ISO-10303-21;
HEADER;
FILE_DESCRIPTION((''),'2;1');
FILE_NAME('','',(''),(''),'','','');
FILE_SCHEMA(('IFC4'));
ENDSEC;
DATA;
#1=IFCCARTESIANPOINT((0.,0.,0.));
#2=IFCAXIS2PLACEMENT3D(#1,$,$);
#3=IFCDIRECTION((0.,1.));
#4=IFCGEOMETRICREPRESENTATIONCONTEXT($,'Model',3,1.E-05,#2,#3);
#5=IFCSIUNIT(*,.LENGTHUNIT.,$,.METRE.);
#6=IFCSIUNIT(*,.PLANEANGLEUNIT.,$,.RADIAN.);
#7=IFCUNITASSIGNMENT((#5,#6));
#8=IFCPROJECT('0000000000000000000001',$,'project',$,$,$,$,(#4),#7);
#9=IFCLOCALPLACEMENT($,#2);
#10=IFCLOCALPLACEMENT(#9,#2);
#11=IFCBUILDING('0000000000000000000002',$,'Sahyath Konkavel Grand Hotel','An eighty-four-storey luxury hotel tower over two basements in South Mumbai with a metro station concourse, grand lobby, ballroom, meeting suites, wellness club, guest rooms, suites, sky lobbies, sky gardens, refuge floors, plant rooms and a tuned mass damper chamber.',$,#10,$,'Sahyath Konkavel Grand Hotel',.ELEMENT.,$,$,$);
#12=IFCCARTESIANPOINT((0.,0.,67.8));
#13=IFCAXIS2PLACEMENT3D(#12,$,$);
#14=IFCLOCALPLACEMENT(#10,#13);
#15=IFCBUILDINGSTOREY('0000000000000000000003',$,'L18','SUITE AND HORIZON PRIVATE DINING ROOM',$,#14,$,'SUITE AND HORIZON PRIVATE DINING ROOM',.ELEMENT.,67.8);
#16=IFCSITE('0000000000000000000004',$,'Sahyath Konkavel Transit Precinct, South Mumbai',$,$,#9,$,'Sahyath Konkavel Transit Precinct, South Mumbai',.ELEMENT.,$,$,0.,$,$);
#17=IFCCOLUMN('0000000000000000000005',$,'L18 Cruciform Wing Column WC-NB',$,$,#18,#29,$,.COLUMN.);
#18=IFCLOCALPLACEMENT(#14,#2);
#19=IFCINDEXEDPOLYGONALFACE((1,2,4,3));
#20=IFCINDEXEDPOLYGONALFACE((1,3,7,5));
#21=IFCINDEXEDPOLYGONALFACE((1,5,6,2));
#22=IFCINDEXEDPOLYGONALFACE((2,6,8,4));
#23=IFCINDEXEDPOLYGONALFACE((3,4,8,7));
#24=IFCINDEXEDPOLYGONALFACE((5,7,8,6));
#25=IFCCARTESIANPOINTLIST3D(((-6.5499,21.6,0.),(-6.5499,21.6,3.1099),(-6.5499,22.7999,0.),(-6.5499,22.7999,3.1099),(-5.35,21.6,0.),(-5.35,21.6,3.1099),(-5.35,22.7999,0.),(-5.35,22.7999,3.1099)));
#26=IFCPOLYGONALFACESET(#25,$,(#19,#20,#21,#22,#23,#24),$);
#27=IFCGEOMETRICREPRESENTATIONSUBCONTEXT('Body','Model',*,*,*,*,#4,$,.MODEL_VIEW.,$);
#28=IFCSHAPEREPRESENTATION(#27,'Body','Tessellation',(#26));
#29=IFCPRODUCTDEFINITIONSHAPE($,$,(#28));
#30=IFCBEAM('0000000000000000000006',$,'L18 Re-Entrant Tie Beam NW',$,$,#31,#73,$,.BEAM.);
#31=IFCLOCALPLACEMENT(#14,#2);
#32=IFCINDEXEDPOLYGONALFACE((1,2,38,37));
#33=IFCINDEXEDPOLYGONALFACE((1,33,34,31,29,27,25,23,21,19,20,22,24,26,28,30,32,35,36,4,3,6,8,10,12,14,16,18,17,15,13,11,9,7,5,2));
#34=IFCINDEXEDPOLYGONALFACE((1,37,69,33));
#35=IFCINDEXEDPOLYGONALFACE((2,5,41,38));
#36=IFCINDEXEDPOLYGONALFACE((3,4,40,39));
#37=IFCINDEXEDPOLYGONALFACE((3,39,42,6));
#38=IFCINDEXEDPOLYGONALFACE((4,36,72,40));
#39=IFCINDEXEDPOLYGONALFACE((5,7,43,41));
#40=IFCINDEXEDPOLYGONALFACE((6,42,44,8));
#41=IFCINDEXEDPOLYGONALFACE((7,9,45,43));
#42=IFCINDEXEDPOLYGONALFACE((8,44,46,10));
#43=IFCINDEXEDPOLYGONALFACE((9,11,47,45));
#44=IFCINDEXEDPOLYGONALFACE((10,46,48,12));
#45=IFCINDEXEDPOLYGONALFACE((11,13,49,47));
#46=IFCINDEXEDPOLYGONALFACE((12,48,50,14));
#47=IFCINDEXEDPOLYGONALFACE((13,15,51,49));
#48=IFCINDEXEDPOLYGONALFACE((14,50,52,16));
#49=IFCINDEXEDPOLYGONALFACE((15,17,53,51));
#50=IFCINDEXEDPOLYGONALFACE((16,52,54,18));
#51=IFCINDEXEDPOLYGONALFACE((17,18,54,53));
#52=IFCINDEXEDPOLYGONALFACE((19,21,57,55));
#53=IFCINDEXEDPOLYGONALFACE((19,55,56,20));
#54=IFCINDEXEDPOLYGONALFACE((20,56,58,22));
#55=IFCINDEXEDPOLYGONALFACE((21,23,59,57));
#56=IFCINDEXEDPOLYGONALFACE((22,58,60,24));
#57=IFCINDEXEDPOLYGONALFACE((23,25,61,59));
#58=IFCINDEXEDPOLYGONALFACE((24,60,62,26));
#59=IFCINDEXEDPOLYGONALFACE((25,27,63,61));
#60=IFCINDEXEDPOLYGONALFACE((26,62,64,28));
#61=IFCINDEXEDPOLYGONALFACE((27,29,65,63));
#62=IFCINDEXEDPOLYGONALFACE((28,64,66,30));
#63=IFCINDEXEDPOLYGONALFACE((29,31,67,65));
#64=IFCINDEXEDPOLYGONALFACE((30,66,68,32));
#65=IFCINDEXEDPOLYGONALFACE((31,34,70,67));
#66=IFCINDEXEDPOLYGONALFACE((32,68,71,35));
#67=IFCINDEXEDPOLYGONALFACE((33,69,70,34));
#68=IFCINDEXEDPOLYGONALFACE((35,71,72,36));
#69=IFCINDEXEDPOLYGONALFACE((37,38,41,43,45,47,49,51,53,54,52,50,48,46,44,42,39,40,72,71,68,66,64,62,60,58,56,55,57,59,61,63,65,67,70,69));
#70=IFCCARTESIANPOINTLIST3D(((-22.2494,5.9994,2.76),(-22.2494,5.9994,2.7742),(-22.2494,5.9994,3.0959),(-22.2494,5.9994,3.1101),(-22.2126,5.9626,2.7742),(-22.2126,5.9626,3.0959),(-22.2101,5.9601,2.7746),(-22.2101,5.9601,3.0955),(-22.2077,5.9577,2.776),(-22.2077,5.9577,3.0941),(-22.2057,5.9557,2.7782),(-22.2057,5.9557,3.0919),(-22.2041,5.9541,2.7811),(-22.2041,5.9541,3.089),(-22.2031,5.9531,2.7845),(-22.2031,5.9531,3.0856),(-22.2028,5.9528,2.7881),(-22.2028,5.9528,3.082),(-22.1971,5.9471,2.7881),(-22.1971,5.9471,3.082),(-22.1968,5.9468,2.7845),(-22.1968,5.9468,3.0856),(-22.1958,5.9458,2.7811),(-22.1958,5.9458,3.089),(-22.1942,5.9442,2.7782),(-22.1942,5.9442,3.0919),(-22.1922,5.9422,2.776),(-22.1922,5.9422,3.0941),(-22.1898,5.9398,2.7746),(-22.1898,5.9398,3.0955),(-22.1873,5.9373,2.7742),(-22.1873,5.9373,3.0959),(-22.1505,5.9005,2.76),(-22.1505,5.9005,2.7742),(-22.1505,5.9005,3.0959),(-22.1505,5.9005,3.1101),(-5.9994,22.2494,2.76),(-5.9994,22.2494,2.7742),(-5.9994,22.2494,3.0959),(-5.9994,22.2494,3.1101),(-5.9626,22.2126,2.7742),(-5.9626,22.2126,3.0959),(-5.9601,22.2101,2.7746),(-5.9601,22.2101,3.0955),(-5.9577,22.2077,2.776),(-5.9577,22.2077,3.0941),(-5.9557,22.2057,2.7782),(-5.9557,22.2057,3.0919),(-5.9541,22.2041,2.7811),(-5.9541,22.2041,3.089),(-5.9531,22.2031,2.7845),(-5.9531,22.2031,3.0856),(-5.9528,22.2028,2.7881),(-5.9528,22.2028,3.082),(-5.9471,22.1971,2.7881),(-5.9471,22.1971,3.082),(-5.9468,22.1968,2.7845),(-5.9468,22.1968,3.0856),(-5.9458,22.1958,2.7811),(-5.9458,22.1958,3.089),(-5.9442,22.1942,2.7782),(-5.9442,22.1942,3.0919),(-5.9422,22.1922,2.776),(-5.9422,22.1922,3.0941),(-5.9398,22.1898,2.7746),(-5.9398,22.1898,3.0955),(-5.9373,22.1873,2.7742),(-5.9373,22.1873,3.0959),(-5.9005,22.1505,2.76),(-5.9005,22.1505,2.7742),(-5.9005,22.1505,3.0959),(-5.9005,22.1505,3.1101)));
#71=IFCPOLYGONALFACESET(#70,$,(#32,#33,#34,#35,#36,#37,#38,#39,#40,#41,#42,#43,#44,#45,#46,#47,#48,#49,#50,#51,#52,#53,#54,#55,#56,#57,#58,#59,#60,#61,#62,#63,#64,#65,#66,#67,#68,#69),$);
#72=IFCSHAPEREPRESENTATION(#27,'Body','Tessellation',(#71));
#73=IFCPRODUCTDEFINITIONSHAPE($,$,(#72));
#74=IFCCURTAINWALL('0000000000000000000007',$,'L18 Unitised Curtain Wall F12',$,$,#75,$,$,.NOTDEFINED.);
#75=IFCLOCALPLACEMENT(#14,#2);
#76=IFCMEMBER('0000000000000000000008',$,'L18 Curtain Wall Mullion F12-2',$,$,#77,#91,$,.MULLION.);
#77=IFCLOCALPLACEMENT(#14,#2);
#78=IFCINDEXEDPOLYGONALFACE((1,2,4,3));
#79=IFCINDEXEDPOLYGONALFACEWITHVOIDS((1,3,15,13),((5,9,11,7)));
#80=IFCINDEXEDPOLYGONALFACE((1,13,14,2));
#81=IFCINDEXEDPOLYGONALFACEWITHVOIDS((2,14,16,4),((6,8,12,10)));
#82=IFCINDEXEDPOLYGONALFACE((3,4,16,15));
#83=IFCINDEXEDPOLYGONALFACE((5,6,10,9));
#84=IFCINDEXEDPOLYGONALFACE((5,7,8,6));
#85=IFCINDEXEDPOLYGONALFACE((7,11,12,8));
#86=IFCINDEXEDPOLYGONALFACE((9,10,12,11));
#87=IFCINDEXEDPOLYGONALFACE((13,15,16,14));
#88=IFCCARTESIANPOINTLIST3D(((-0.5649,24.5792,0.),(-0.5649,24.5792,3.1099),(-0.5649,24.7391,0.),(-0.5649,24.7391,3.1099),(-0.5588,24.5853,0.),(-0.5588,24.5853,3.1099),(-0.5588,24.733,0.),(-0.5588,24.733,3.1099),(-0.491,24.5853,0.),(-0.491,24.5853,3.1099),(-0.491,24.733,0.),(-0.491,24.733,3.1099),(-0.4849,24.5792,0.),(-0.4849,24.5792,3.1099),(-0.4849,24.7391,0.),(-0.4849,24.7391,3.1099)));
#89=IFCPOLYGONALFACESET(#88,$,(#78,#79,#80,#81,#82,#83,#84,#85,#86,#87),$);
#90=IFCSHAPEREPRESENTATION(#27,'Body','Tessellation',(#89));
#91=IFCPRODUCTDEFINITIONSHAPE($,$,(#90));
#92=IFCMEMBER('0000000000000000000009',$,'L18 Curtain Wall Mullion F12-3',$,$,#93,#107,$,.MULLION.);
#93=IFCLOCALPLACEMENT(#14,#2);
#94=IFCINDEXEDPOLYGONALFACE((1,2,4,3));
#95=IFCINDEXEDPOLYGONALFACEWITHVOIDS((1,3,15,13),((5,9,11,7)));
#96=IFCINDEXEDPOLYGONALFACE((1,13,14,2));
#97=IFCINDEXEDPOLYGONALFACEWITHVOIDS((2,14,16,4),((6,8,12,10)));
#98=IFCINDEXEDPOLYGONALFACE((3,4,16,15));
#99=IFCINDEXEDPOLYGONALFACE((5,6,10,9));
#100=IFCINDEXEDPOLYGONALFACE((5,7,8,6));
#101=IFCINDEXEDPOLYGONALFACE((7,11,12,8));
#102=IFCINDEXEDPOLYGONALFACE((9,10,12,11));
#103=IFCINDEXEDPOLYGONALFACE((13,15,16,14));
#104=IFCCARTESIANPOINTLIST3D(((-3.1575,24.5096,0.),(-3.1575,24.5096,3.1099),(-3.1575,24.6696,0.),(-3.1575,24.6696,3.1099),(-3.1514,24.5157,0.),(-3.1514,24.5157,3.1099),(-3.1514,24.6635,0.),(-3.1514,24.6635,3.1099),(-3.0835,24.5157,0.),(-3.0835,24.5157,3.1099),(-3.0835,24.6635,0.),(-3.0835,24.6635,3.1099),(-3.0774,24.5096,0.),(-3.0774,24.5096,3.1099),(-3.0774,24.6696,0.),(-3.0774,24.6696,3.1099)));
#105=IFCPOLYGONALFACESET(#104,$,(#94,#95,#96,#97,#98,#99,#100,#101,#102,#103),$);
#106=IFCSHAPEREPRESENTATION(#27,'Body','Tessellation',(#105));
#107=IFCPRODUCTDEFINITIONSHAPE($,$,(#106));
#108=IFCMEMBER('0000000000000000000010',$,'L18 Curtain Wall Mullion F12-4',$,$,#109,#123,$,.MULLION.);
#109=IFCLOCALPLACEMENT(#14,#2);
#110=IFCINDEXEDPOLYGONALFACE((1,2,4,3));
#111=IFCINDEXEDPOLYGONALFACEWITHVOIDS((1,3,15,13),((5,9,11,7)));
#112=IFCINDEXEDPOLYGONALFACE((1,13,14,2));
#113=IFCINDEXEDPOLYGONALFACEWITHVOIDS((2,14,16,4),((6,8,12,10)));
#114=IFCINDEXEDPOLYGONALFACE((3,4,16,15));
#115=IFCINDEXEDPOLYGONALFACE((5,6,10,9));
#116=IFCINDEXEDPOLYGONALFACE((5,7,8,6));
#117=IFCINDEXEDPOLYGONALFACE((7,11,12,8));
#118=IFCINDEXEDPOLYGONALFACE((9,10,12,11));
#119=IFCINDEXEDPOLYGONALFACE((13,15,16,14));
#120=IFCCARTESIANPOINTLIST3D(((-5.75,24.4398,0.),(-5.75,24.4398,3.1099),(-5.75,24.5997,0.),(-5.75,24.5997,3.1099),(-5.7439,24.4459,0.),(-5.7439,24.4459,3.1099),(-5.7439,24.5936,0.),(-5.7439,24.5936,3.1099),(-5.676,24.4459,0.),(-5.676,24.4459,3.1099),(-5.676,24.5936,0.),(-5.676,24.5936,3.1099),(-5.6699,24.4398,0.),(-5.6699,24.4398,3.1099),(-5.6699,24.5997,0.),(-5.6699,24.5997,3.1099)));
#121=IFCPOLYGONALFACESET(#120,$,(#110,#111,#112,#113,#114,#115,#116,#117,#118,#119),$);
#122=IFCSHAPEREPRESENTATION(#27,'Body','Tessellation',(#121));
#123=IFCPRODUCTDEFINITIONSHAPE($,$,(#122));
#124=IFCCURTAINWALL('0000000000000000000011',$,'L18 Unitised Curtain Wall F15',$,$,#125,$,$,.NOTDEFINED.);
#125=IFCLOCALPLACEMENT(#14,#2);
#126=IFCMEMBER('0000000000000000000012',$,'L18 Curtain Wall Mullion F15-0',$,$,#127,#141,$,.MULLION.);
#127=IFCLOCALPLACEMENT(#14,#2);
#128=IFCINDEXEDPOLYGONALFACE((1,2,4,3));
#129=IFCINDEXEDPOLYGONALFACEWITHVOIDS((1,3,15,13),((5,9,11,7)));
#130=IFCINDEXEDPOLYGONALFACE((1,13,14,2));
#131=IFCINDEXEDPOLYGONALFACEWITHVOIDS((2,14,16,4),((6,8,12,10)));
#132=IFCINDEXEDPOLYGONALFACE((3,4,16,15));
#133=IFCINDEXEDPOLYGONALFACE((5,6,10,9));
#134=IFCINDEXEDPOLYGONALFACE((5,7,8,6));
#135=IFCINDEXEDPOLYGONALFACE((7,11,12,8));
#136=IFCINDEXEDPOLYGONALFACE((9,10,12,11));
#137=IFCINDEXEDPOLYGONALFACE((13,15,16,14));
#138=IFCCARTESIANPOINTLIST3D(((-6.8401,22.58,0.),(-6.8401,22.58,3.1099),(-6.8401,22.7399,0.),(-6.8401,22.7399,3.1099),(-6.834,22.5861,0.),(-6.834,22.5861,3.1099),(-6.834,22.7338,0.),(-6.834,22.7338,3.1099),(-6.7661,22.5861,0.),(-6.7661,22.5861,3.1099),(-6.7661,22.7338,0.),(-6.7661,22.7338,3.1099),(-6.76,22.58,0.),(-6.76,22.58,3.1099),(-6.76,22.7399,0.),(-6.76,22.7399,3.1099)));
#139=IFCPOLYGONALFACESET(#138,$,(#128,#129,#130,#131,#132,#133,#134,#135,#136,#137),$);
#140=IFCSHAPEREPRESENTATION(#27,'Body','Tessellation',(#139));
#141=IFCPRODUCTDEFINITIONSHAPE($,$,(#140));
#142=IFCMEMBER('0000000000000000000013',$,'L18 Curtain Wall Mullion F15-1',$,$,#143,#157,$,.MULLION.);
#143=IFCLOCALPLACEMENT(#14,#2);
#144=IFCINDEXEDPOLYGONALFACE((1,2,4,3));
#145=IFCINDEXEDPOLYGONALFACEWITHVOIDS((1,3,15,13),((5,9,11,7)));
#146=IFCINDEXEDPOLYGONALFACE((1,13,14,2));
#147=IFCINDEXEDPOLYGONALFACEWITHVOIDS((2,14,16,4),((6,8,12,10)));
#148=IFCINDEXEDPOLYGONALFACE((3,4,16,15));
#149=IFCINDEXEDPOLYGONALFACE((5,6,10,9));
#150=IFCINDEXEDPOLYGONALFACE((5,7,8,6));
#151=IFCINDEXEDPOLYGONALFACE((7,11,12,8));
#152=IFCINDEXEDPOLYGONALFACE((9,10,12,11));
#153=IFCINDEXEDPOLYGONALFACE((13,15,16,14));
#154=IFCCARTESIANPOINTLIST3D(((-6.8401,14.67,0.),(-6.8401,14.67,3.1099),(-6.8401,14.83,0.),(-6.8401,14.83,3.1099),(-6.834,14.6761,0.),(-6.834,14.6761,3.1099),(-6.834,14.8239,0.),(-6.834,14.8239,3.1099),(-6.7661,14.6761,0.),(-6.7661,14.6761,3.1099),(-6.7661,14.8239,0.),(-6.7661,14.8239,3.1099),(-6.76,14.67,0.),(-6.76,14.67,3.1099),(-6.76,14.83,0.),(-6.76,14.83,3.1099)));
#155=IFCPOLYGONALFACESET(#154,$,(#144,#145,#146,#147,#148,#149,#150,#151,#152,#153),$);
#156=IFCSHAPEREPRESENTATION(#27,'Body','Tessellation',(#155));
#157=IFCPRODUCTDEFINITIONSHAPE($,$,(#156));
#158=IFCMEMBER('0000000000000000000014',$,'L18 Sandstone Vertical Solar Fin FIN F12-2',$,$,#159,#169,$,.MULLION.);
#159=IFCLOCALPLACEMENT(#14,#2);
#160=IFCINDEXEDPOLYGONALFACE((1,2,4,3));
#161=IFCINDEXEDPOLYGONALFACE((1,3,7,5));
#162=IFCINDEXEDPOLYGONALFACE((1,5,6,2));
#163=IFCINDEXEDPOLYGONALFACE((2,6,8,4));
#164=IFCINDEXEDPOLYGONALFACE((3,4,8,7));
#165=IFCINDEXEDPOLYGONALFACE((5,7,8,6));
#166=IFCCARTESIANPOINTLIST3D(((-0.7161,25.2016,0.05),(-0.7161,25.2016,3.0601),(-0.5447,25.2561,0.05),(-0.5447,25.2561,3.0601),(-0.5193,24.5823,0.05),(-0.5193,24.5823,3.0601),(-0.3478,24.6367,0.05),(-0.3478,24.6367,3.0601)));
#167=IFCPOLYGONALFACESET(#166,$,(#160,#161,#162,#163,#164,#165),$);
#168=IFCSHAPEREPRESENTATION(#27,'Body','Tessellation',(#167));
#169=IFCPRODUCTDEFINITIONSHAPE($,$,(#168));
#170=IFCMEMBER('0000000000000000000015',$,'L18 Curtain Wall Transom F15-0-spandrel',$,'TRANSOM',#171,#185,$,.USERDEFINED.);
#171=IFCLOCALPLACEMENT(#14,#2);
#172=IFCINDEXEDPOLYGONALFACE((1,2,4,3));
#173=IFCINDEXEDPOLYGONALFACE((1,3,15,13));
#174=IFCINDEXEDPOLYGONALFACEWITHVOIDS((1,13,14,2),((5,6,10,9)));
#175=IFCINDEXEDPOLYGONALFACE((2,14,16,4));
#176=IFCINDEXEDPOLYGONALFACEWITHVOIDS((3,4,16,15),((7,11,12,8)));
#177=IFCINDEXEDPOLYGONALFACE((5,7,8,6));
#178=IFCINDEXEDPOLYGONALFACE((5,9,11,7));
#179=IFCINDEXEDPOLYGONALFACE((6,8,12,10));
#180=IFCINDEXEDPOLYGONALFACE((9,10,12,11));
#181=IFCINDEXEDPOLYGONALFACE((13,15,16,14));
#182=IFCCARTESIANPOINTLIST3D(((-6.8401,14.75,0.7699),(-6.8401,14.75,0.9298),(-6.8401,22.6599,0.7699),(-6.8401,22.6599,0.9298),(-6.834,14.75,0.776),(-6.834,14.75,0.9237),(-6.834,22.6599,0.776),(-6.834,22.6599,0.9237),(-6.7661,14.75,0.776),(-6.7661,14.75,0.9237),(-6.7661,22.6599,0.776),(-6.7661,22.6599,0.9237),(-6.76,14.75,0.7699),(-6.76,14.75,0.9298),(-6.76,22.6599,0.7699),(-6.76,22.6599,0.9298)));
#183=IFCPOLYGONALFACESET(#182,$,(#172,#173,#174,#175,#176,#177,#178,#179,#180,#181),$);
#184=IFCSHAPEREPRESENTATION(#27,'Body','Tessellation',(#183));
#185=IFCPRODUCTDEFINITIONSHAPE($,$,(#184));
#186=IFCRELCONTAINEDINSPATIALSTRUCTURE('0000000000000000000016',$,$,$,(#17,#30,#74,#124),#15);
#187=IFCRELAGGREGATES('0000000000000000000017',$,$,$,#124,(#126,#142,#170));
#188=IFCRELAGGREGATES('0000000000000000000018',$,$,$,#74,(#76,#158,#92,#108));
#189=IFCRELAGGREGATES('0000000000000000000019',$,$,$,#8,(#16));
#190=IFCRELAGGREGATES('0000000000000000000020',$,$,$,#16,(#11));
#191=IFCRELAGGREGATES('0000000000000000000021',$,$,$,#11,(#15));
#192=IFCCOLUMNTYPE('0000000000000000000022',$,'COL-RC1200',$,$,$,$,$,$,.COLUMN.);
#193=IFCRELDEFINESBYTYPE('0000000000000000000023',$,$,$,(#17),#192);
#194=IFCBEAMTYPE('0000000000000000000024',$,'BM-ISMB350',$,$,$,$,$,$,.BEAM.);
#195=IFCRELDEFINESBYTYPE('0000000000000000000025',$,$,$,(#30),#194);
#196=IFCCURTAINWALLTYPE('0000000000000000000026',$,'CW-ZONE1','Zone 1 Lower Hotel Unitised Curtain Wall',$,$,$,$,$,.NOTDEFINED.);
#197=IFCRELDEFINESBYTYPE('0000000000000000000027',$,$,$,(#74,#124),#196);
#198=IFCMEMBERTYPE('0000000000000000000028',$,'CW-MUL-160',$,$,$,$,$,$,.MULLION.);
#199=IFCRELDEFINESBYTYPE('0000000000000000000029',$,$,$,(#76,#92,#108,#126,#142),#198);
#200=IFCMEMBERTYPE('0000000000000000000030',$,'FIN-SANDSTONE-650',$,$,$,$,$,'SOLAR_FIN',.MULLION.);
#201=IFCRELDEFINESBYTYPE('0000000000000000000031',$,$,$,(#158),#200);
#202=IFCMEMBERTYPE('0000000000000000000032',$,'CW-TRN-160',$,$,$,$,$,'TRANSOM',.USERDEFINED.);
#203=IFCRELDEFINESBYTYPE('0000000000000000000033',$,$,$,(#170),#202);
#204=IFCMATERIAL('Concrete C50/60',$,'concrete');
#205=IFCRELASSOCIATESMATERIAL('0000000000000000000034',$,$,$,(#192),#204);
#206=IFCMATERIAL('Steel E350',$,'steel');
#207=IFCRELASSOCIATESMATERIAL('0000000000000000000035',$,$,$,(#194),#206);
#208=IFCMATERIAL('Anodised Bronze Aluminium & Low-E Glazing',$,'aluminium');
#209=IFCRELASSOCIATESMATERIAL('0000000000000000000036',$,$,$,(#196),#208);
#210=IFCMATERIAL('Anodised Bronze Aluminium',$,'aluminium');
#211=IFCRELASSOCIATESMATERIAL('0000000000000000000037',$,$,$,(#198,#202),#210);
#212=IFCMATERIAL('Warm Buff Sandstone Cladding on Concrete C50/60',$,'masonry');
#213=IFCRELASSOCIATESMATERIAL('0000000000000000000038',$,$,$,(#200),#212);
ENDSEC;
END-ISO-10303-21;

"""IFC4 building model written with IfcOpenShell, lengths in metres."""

from ifc_helpers import new_model, si_unit, direction, frame, origin, origin_2d, place, context, subcontext, project, spatial, rectangle, hollow_rectangle, i_section, extrude, source, transform, mapped, material, material_profile, profile_set, type_object, element, aggregate, save


model = new_model("IFC4")

# Units and contexts
model_context = context("Model", 3, precision=1e-05, world=origin(), true_north=direction((0.0, 1.0)))
body_context = subcontext(model_context, "Body", "Model", "MODEL_VIEW")
ifc_project = project(units=[si_unit("LENGTHUNIT", "METRE"), si_unit("PLANEANGLEUNIT", "RADIAN")], contexts=[model_context])

# Site, building, storey
site_placement = place(None, origin())
site = spatial("IfcSite", under=ifc_project, at=site_placement, Name="Sahyath Konkavel Transit Precinct, South Mumbai", LongName="Sahyath Konkavel Transit Precinct, South Mumbai", CompositionType="ELEMENT", RefElevation=0.0)
building_placement = place(site_placement, origin())
building = spatial("IfcBuilding", under=site, at=building_placement, Name="Sahyath Konkavel Grand Hotel", Description="An eighty-four-storey luxury hotel tower over two basements in South Mumbai with a metro station concourse, grand lobby, ballroom, meeting suites, wellness club, guest rooms, suites, sky lobbies, sky gardens, refuge floors, plant rooms and a tuned mass damper chamber.", LongName="Sahyath Konkavel Grand Hotel", CompositionType="ELEMENT")
storey_placement = place(building_placement, frame((0.0, 0.0, 67.8)))
storey = spatial("IfcBuildingStorey", under=building, at=storey_placement, Name="L18", Description="SUITE AND HORIZON PRIVATE DINING ROOM", LongName="SUITE AND HORIZON PRIVATE DINING ROOM", CompositionType="ELEMENT", Elevation=67.8)

# Column
ifc_material_1 = material(Name="Concrete C50/60", Category="concrete")
ifc_material_profile_1 = material_profile(ifc_material_1, rectangle(XDim=1.2, YDim=1.2, at=origin_2d()), Name="RC 1200x1200")
ifc_profile_set_1 = profile_set([ifc_material_profile_1], Name="Concrete C50/60")
column_type = type_object("IfcColumnType", Name="COL-RC1200", PredefinedType="COLUMN", material=ifc_profile_set_1)
shared_shape_1 = source(origin(), body_context, "Body", "SweptSolid", [
    extrude(rectangle(XDim=1.2, YDim=1.2, at=origin_2d()), origin(), (0.0, 0.0, 1.0), 3.1099),
])
column_placement = place(storey_placement, frame((-5.95, 22.2, 0.0), z_axis=(0.0, 0.0, 1.0), x_axis=(1.0, 0.0, 0.0)))
element("IfcColumn", 1, at=column_placement, inside=storey, type_object=column_type, Name="L18 Cruciform Wing Column WC-NB", PredefinedType="COLUMN", context=body_context, shape_type="MappedRepresentation", body=[
    mapped(shared_shape_1, transform((0.0, 0.0, 0.0), scale=1.0)),
])

# Beam
ifc_material_2 = material(Name="Steel E350", Category="steel")
ifc_material_profile_2 = material_profile(ifc_material_2, i_section(OverallWidth=0.1399, OverallDepth=0.3501, WebThickness=0.0081, FlangeThickness=0.0142, FilletRadius=0.0139, at=origin_2d()), Name="ISMB 350")
ifc_profile_set_2 = profile_set([ifc_material_profile_2], Name="Steel E350")
beam_type = type_object("IfcBeamType", Name="BM-ISMB350", PredefinedType="BEAM", material=ifc_profile_set_2)
shared_shape_2 = source(origin(), body_context, "Body", "SweptSolid", [
    extrude(i_section(OverallWidth=0.1399, OverallDepth=0.3501, WebThickness=0.0081, FlangeThickness=0.0142, FilletRadius=0.0139, at=origin_2d()), origin(), (0.0, 0.0, 1.0), 22.981),
])
beam_placement = place(storey_placement, frame((-5.95, 22.2, 2.9351), z_axis=(-0.707107, -0.707107, 0.0), x_axis=(0.707107, -0.707107, 0.0)))
element("IfcBeam", 2, at=beam_placement, inside=storey, type_object=beam_type, Name="L18 Re-Entrant Tie Beam NW", PredefinedType="BEAM", context=body_context, shape_type="MappedRepresentation", body=[
    mapped(shared_shape_2, transform((0.0, 0.0, 0.0), scale=1.0)),
])

# Curtain walls, members
ifc_material_3 = material(Name="Anodised Bronze Aluminium & Low-E Glazing", Category="aluminium")
curtain_wall_type = type_object("IfcCurtainWallType", Name="CW-ZONE1", Description="Zone 1 Lower Hotel Unitised Curtain Wall", PredefinedType="NOTDEFINED", material=ifc_material_3)
curtain_wall_1_placement = place(storey_placement, origin())
curtain_wall_1 = element("IfcCurtainWall", 3, at=curtain_wall_1_placement, inside=storey, type_object=curtain_wall_type, Name="L18 Unitised Curtain Wall F12", PredefinedType="NOTDEFINED")
ifc_material_4 = material(Name="Anodised Bronze Aluminium", Category="aluminium")
ifc_material_profile_3 = material_profile(ifc_material_4, hollow_rectangle(XDim=0.0801, YDim=0.1599, WallThickness=0.0061, at=origin_2d()), Name="RHS 160x80x6")
ifc_profile_set_3 = profile_set([ifc_material_profile_3], Name="Anodised Bronze Aluminium")
member_type_1 = type_object("IfcMemberType", Name="CW-MUL-160", PredefinedType="MULLION", material=ifc_profile_set_3)
shared_shape_3 = source(origin(), body_context, "Body", "SweptSolid", [
    extrude(hollow_rectangle(XDim=0.0801, YDim=0.1599, WallThickness=0.0061, at=origin_2d()), origin(), (0.0, 0.0, 1.0), 3.1099),
])
member_1_placement = place(storey_placement, frame((-0.5249, 24.6592, 0.0), z_axis=(0.0, 0.0, 1.0), x_axis=(1.0, 0.0, 0.0)))
member_1 = element("IfcMember", 4, at=member_1_placement, type_object=member_type_1, Name="L18 Curtain Wall Mullion F12-2", PredefinedType="MULLION", context=body_context, shape_type="MappedRepresentation", body=[
    mapped(shared_shape_3, transform((0.0, 0.0, 0.0), scale=1.0)),
])
member_2_placement = place(storey_placement, frame((-3.1174, 24.5896, 0.0), z_axis=(0.0, 0.0, 1.0), x_axis=(1.0, 0.0, 0.0)))
member_2 = element("IfcMember", 5, at=member_2_placement, type_object=member_type_1, Name="L18 Curtain Wall Mullion F12-3", PredefinedType="MULLION", context=body_context, shape_type="MappedRepresentation", body=[
    mapped(shared_shape_3, transform((0.0, 0.0, 0.0), scale=1.0)),
])
member_3_placement = place(storey_placement, frame((-5.71, 24.5198, 0.0), z_axis=(0.0, 0.0, 1.0), x_axis=(1.0, 0.0, 0.0)))
member_3 = element("IfcMember", 6, at=member_3_placement, type_object=member_type_1, Name="L18 Curtain Wall Mullion F12-4", PredefinedType="MULLION", context=body_context, shape_type="MappedRepresentation", body=[
    mapped(shared_shape_3, transform((0.0, 0.0, 0.0), scale=1.0)),
])
curtain_wall_2_placement = place(storey_placement, origin())
curtain_wall_2 = element("IfcCurtainWall", 7, at=curtain_wall_2_placement, inside=storey, type_object=curtain_wall_type, Name="L18 Unitised Curtain Wall F15", PredefinedType="NOTDEFINED")
member_4_placement = place(storey_placement, frame((-6.8, 22.6599, 0.0), z_axis=(0.0, 0.0, 1.0), x_axis=(1.0, 0.0, 0.0)))
member_4 = element("IfcMember", 8, at=member_4_placement, type_object=member_type_1, Name="L18 Curtain Wall Mullion F15-0", PredefinedType="MULLION", context=body_context, shape_type="MappedRepresentation", body=[
    mapped(shared_shape_3, transform((0.0, 0.0, 0.0), scale=1.0)),
])
member_5_placement = place(storey_placement, frame((-6.8, 14.75, 0.0), z_axis=(0.0, 0.0, 1.0), x_axis=(1.0, 0.0, 0.0)))
member_5 = element("IfcMember", 9, at=member_5_placement, type_object=member_type_1, Name="L18 Curtain Wall Mullion F15-1", PredefinedType="MULLION", context=body_context, shape_type="MappedRepresentation", body=[
    mapped(shared_shape_3, transform((0.0, 0.0, 0.0), scale=1.0)),
])

# Members
ifc_material_5 = material(Name="Warm Buff Sandstone Cladding on Concrete C50/60", Category="masonry")
ifc_material_profile_4 = material_profile(ifc_material_5, rectangle(XDim=0.1799, YDim=0.6499, at=origin_2d()), Name="FIN 180x650")
ifc_profile_set_4 = profile_set([ifc_material_profile_4], Name="Warm Buff Sandstone Cladding on Concrete C50/60")
member_type_2 = type_object("IfcMemberType", Name="FIN-SANDSTONE-650", ElementType="SOLAR_FIN", PredefinedType="MULLION", material=ifc_profile_set_4)
shared_shape_4 = source(origin(), body_context, "Body", "SweptSolid", [
    extrude(rectangle(XDim=0.1799, YDim=0.6499, at=origin_2d()), origin(), (0.0, 0.0, 1.0), 3.01),
])
member_6_placement = place(storey_placement, frame((-0.532, 24.9192, 0.05), z_axis=(0.0, 0.0, 1.0), x_axis=(0.953032, 0.302869, 0.0)))
member_6 = element("IfcMember", 10, at=member_6_placement, type_object=member_type_2, Name="L18 Sandstone Vertical Solar Fin FIN F12-2", PredefinedType="MULLION", context=body_context, shape_type="MappedRepresentation", body=[
    mapped(shared_shape_4, transform((0.0, 0.0, 0.0), scale=1.0)),
])
ifc_material_profile_5 = material_profile(ifc_material_4, hollow_rectangle(XDim=0.0801, YDim=0.1599, WallThickness=0.0061, at=origin_2d()), Name="RHS 160x80x6")
ifc_profile_set_5 = profile_set([ifc_material_profile_5], Name="Anodised Bronze Aluminium")
member_type_3 = type_object("IfcMemberType", Name="CW-TRN-160", ElementType="TRANSOM", PredefinedType="USERDEFINED", material=ifc_profile_set_5)
shared_shape_5 = source(origin(), body_context, "Body", "SweptSolid", [
    extrude(hollow_rectangle(XDim=0.0801, YDim=0.1599, WallThickness=0.0061, at=origin_2d()), origin(), (0.0, 0.0, 1.0), 7.9099),
])
member_7_placement = place(storey_placement, frame((-6.8, 22.6599, 0.8499), z_axis=(0.0, -1.0, 0.0), x_axis=(1.0, 0.0, 0.0)))
member_7 = element("IfcMember", 11, at=member_7_placement, type_object=member_type_3, Name="L18 Curtain Wall Transom F15-0-spandrel", ObjectType="TRANSOM", PredefinedType="USERDEFINED", context=body_context, shape_type="MappedRepresentation", body=[
    mapped(shared_shape_5, transform((0.0, 0.0, 0.0), scale=1.0)),
])

aggregate(curtain_wall_2, [member_4, member_5, member_7])
aggregate(curtain_wall_1, [member_1, member_6, member_2, member_3])

save(model, "model.ifc")
